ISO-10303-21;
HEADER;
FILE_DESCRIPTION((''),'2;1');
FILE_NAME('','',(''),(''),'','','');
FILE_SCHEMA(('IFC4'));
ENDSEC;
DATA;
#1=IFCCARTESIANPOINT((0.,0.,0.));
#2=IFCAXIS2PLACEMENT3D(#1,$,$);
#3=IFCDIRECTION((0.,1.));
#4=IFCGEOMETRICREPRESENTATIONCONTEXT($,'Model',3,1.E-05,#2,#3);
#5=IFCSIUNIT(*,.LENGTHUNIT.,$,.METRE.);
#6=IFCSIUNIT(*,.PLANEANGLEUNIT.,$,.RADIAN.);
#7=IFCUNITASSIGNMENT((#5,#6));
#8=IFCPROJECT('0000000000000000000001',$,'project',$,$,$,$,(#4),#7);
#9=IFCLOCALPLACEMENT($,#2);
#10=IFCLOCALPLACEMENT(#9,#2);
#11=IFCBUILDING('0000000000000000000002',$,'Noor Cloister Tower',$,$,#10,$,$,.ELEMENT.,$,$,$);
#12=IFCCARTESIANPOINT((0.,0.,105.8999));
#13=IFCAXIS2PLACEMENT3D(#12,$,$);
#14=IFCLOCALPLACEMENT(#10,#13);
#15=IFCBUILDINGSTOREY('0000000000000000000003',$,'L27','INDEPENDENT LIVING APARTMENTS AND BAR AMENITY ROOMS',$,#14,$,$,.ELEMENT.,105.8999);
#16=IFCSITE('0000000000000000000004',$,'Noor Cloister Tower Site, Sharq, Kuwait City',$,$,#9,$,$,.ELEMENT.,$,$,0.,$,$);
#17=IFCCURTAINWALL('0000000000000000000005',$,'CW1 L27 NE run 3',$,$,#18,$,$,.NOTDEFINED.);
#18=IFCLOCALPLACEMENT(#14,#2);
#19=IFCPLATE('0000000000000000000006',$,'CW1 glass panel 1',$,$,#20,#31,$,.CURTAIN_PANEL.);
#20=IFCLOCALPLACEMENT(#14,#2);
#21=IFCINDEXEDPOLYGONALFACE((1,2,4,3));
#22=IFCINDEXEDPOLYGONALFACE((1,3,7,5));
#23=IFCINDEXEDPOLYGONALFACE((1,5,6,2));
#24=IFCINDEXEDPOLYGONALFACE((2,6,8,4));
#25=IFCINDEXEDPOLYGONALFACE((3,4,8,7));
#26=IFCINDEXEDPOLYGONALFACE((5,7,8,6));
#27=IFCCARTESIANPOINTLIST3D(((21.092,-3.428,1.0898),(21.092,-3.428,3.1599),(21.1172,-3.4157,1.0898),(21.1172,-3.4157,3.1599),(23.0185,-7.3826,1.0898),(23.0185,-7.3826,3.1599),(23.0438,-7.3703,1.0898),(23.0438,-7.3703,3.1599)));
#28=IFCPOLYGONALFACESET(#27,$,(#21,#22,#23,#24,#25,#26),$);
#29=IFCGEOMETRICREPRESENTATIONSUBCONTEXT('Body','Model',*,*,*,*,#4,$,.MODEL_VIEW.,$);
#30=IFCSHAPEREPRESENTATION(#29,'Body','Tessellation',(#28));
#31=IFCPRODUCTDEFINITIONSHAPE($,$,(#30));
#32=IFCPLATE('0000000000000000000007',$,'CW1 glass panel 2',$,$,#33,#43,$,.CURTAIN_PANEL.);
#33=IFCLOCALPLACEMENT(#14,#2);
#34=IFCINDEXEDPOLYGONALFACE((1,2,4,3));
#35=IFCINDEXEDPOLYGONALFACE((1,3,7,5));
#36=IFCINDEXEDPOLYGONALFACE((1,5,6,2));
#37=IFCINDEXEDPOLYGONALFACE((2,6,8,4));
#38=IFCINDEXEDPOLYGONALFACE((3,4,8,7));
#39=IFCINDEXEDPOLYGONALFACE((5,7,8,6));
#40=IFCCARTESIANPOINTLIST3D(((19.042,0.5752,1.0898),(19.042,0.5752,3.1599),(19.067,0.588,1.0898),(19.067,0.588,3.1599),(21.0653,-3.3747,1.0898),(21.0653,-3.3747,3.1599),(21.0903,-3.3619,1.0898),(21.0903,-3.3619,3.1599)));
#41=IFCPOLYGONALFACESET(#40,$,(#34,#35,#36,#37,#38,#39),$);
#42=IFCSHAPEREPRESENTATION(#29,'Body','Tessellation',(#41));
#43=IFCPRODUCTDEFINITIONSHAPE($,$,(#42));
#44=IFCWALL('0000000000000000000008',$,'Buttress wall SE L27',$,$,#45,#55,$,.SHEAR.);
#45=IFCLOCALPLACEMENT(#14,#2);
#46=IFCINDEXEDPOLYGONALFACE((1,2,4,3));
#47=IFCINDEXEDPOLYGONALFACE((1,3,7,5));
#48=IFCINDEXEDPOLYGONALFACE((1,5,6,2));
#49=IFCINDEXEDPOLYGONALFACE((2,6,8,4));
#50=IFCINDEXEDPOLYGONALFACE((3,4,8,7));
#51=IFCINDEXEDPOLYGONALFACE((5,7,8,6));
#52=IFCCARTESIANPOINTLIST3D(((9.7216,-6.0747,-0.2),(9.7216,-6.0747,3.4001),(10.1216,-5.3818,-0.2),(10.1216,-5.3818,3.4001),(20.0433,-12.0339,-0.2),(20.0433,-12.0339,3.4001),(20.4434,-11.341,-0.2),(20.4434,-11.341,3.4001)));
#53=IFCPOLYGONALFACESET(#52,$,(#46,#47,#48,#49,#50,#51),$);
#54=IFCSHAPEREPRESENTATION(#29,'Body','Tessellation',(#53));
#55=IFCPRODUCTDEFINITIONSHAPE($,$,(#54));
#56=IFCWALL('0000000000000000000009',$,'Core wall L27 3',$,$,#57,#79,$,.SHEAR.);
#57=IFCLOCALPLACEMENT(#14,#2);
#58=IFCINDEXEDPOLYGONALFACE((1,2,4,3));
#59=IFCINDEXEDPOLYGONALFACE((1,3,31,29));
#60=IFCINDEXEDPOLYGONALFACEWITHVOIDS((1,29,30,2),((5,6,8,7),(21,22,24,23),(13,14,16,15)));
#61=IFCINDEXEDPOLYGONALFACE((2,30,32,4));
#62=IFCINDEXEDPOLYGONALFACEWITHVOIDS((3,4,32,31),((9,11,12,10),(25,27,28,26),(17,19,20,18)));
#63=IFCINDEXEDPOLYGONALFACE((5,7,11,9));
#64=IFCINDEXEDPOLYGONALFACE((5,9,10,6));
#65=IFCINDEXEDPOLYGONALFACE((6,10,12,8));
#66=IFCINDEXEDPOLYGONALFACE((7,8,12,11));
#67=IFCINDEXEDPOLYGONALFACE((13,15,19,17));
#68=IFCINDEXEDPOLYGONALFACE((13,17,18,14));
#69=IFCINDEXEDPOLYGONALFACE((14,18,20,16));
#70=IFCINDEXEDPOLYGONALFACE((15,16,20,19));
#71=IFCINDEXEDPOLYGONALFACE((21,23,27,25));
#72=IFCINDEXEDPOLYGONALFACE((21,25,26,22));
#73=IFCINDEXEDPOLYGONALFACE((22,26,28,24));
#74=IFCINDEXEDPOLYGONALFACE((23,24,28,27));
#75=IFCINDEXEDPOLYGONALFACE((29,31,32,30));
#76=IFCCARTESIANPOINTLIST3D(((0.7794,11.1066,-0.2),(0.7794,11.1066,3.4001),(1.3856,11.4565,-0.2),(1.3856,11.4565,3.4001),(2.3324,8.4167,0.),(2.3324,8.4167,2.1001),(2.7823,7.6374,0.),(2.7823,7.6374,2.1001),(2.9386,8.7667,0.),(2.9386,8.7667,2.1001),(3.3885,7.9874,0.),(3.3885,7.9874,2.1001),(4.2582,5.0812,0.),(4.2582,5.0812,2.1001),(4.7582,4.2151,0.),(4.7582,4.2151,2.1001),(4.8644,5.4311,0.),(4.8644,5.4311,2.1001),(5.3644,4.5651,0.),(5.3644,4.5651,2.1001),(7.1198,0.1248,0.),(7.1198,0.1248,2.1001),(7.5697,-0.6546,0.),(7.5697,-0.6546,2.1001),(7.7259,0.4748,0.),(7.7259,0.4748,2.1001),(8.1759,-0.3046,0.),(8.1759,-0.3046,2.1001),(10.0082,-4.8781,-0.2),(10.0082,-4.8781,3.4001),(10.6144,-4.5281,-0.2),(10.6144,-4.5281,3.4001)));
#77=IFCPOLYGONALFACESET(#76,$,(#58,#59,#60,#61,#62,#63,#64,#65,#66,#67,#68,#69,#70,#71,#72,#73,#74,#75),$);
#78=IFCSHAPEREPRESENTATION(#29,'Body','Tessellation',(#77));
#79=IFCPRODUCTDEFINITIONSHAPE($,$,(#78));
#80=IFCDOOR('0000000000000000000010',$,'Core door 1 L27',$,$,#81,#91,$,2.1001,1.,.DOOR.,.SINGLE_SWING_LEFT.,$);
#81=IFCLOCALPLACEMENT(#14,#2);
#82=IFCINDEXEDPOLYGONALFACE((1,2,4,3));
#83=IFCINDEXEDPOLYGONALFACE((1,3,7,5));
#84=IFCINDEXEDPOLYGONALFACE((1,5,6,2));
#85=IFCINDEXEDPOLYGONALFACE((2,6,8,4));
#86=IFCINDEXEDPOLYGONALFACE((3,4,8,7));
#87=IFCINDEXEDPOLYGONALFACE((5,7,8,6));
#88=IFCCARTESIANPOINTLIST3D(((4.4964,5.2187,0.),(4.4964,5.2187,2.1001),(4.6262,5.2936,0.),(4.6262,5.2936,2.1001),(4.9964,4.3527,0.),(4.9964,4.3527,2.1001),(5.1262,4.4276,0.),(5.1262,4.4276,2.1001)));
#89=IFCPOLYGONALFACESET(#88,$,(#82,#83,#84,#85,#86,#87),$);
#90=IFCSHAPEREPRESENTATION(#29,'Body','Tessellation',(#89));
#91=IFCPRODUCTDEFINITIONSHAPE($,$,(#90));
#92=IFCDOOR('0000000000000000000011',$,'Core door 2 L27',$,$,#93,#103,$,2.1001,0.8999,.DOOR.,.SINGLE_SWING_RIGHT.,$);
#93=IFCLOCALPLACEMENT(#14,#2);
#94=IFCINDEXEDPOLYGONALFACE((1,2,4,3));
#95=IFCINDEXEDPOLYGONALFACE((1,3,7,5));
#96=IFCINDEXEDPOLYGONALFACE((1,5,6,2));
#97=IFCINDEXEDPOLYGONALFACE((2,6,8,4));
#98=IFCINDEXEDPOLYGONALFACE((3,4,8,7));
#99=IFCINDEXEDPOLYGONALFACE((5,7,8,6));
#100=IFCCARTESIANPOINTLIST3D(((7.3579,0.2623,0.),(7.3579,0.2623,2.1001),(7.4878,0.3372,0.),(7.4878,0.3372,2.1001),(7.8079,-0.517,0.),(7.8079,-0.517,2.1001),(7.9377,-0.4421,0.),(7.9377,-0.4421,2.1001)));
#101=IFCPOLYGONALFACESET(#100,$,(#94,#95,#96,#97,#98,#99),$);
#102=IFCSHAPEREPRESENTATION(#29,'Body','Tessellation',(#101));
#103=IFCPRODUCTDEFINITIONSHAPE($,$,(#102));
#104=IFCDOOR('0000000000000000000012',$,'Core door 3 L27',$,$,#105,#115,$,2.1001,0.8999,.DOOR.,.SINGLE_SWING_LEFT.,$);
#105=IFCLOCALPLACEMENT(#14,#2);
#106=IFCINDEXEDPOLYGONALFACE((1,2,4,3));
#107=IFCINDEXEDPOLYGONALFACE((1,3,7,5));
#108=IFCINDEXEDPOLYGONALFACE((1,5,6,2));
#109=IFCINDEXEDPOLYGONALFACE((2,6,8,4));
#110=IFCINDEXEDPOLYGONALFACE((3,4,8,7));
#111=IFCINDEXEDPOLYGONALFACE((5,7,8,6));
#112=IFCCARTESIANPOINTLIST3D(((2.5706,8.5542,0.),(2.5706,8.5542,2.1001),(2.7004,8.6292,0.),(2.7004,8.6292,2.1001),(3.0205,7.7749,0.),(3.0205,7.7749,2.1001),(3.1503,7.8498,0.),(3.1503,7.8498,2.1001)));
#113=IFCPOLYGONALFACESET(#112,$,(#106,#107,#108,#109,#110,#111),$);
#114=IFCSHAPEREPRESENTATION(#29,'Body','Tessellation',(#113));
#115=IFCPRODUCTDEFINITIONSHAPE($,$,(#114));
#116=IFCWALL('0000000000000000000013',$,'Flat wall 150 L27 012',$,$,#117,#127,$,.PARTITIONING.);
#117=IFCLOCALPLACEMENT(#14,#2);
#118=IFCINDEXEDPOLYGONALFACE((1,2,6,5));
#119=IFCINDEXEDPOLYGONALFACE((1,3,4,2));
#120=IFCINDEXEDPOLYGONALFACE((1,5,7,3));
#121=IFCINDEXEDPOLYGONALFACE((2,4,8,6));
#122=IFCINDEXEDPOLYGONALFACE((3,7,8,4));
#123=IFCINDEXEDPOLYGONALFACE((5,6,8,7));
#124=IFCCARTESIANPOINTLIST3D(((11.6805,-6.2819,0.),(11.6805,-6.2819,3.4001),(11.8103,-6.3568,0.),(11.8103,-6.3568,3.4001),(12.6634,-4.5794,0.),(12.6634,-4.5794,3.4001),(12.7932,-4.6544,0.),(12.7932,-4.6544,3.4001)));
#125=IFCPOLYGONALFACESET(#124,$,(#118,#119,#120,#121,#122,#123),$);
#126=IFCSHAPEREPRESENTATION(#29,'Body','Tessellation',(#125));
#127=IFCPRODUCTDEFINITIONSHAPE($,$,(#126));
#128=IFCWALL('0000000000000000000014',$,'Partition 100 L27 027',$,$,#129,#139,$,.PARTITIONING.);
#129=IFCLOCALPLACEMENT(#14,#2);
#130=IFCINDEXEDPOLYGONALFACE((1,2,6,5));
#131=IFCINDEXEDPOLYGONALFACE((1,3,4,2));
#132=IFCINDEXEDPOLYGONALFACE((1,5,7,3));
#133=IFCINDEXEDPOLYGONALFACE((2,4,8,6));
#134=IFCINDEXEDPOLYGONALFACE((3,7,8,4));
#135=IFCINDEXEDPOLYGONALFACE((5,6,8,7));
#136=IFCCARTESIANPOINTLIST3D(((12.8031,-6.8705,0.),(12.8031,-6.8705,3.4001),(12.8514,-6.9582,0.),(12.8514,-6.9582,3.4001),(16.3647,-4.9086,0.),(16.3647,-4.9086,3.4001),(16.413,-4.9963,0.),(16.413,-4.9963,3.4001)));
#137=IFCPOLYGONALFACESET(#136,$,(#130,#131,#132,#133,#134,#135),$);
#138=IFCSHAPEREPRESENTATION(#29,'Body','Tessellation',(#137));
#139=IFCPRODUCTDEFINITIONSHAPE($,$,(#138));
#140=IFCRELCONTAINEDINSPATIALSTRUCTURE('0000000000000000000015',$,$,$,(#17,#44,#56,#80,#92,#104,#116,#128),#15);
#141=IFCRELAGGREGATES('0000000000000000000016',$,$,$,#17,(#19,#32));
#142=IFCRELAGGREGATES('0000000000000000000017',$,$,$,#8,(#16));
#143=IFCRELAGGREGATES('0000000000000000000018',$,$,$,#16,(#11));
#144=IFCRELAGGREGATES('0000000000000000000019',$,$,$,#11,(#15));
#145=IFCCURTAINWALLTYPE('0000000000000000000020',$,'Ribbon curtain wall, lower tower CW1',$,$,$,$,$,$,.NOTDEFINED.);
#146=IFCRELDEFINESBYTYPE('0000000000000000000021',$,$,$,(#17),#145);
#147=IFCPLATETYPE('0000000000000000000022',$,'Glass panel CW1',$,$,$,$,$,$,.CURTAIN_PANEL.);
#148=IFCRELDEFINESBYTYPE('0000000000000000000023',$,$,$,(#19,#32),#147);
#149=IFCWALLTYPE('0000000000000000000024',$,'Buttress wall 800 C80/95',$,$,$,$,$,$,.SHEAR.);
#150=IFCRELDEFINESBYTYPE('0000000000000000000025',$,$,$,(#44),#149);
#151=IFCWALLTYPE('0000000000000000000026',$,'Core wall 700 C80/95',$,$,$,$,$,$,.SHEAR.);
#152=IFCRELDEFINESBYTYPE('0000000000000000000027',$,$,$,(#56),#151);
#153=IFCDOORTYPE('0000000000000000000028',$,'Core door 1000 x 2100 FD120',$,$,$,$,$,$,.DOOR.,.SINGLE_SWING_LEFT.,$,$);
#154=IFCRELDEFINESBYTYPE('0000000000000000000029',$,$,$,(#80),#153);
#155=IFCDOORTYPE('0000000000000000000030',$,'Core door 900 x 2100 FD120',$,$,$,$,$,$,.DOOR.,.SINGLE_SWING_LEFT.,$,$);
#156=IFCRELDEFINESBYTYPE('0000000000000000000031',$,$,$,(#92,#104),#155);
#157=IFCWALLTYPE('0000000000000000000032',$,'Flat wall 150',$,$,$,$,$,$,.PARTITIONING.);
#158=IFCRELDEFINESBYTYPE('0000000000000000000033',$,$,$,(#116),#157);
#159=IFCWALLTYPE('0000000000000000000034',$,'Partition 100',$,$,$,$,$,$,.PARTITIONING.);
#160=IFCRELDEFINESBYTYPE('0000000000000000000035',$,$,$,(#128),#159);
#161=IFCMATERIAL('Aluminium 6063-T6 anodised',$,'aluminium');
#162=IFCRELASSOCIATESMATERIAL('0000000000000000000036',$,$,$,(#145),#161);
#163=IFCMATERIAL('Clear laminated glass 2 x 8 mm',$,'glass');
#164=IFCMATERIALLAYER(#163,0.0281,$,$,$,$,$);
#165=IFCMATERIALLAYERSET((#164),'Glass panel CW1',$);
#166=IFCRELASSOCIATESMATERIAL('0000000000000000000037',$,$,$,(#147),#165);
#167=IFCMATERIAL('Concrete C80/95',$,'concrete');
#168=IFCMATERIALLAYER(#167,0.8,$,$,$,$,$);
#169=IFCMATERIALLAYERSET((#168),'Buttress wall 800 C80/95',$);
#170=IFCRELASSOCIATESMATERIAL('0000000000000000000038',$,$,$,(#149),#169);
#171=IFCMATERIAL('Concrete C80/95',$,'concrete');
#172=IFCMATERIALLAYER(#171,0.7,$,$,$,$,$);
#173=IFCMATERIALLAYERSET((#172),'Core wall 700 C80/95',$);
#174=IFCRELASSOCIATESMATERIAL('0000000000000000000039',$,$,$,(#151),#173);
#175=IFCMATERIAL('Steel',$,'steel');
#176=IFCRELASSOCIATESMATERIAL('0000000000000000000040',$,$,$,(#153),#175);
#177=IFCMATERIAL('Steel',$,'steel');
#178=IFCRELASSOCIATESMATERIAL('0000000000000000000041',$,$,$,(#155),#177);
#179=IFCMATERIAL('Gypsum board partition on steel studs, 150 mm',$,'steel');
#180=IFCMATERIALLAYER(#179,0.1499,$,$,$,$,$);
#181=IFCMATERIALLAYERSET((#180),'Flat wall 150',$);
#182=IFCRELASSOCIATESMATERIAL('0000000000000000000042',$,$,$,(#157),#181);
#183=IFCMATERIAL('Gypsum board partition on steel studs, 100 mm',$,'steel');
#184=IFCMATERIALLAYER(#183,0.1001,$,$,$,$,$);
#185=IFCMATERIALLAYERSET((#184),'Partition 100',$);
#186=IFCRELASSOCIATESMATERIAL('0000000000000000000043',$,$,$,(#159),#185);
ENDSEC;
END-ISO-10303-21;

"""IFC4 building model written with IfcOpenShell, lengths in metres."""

from ifc_helpers import new_model, si_unit, direction, frame, frame_2d, origin, origin_2d, place, context, subcontext, project, spatial, rectangle, extrude, material, layer, layer_set, type_object, element, fill, aggregate, save


model = new_model("IFC4")

# Units and contexts
model_context = context("Model", 3, precision=1e-05, world=origin(), true_north=direction((0.0, 1.0)))
body_context = subcontext(model_context, "Body", "Model", "MODEL_VIEW")
ifc_project = project(units=[si_unit("LENGTHUNIT", "METRE"), si_unit("PLANEANGLEUNIT", "RADIAN")], contexts=[model_context])

# Site, building, storey
site_placement = place(None, origin())
site = spatial("IfcSite", under=ifc_project, at=site_placement, Name="Noor Cloister Tower Site, Sharq, Kuwait City", CompositionType="ELEMENT", RefElevation=0.0)
building_placement = place(site_placement, origin())
building = spatial("IfcBuilding", under=site, at=building_placement, Name="Noor Cloister Tower", CompositionType="ELEMENT")
storey_placement = place(building_placement, frame((0.0, 0.0, 105.8999)))
storey = spatial("IfcBuildingStorey", under=building, at=storey_placement, Name="L27", Description="INDEPENDENT LIVING APARTMENTS AND BAR AMENITY ROOMS", CompositionType="ELEMENT", Elevation=105.8999)

# Curtain wall
ifc_material_1 = material(Name="Aluminium 6063-T6 anodised", Category="aluminium")
curtain_wall_type = type_object("IfcCurtainWallType", Name="Ribbon curtain wall, lower tower CW1", PredefinedType="NOTDEFINED", material=ifc_material_1)
curtain_wall_placement = place(storey_placement, origin())
curtain_wall = element("IfcCurtainWall", 1, at=curtain_wall_placement, inside=storey, type_object=curtain_wall_type, Name="CW1 L27 NE run 3", PredefinedType="NOTDEFINED")

# Plates
ifc_material_2 = material(Name="Clear laminated glass 2 x 8 mm", Category="glass")
ifc_layer_1 = layer(ifc_material_2, 0.0281)
ifc_layer_set_1 = layer_set([ifc_layer_1], Name="Glass panel CW1")
plate_type = type_object("IfcPlateType", Name="Glass panel CW1", PredefinedType="CURTAIN_PANEL", material=ifc_layer_set_1)
plate_1_placement = place(storey_placement, frame((22.0679, -5.3992, 1.0898), z_axis=(0.0, 0.0, 1.0), x_axis=(-0.437955, 0.898997, 0.0)))
plate_1 = element("IfcPlate", 2, at=plate_1_placement, type_object=plate_type, Name="CW1 glass panel 1", PredefinedType="CURTAIN_PANEL", context=body_context, shape_type="SweptSolid", body=[
    extrude(rectangle(XDim=4.3989, YDim=0.0281, at=origin_2d()), origin(), (0.0, 0.0, 1.0), 2.0701),
])
plate_2_placement = place(storey_placement, frame((20.0662, -1.3933, 1.0898), z_axis=(0.0, 0.0, 1.0), x_axis=(-0.455917, 0.890022, 0.0)))
plate_2 = element("IfcPlate", 3, at=plate_2_placement, type_object=plate_type, Name="CW1 glass panel 2", PredefinedType="CURTAIN_PANEL", context=body_context, shape_type="SweptSolid", body=[
    extrude(rectangle(XDim=4.438, YDim=0.0281, at=origin_2d()), origin(), (0.0, 0.0, 1.0), 2.0701),
])
aggregate(curtain_wall, [plate_1, plate_2])

# Wall
ifc_material_3 = material(Name="Concrete C80/95", Category="concrete")
ifc_layer_2 = layer(ifc_material_3, 0.8)
ifc_layer_set_2 = layer_set([ifc_layer_2], Name="Buttress wall 800 C80/95")
wall_type_1 = type_object("IfcWallType", Name="Buttress wall 800 C80/95", PredefinedType="SHEAR", material=ifc_layer_set_2)
wall_1_placement = place(storey_placement, frame((9.9216, -5.7283, -0.2), z_axis=(0.0, 0.0, 1.0), x_axis=(0.866027, -0.499997, 0.0)))
element("IfcWall", 4, at=wall_1_placement, inside=storey, type_object=wall_type_1, Name="Buttress wall SE L27", PredefinedType="SHEAR", context=body_context, shape_type="SweptSolid", body=[
    extrude(rectangle(XDim=11.9185, YDim=0.8, at=frame_2d((5.9592, 0.0))), origin(), (0.0, 0.0, 1.0), 3.6001),
])

# Wall, openings, doors
ifc_material_4 = material(Name="Concrete C80/95", Category="concrete")
ifc_layer_3 = layer(ifc_material_4, 0.7)
ifc_layer_set_3 = layer_set([ifc_layer_3], Name="Core wall 700 C80/95")
wall_type_2 = type_object("IfcWallType", Name="Core wall 700 C80/95", PredefinedType="SHEAR", material=ifc_layer_set_3)
wall_2_placement = place(storey_placement, frame((10.3113, -4.7031, -0.2), z_axis=(0.0, 0.0, 1.0), x_axis=(-0.500001, 0.866025, 0.0)))
wall_2 = element("IfcWall", 5, at=wall_2_placement, inside=storey, type_object=wall_type_2, Name="Core wall L27 3", PredefinedType="SHEAR", context=body_context, shape_type="SweptSolid", body=[
    extrude(rectangle(XDim=18.4575, YDim=0.7, at=frame_2d((9.2288, 0.0))), origin(), (0.0, 0.0, 1.0), 3.6001),
])
opening_1_placement = place(wall_2_placement, frame((10.5, 0.0, 0.2)))
opening_1 = element("IfcOpeningElement", 6, at=opening_1_placement, cuts=wall_2, PredefinedType="OPENING", context=body_context, shape_type="SweptSolid", body=[
    extrude(rectangle(XDim=1.0, YDim=2.1001, at=frame_2d((0.5, 1.05))), frame((0.0, 0.3599, 0.0), z_axis=(0.0, -1.0, 0.0), x_axis=(1.0, 0.0, 0.0)), (0.0, 0.0, 1.0), 0.72),
])
opening_2_placement = place(wall_2_placement, frame((4.877, 0.0, 0.2)))
opening_2 = element("IfcOpeningElement", 7, at=opening_2_placement, cuts=wall_2, PredefinedType="OPENING", context=body_context, shape_type="SweptSolid", body=[
    extrude(rectangle(XDim=0.8999, YDim=2.1001, at=frame_2d((0.45, 1.05))), frame((0.0, 0.3599, 0.0), z_axis=(0.0, -1.0, 0.0), x_axis=(1.0, 0.0, 0.0)), (0.0, 0.0, 1.0), 0.72),
])
opening_3_placement = place(wall_2_placement, frame((14.4517, 0.0, 0.2)))
opening_3 = element("IfcOpeningElement", 8, at=opening_3_placement, cuts=wall_2, PredefinedType="OPENING", context=body_context, shape_type="SweptSolid", body=[
    extrude(rectangle(XDim=0.8999, YDim=2.1001, at=frame_2d((0.45, 1.05))), frame((0.0, 0.3599, 0.0), z_axis=(0.0, -1.0, 0.0), x_axis=(1.0, 0.0, 0.0)), (0.0, 0.0, 1.0), 0.72),
])
ifc_material_5 = material(Name="Steel", Category="steel")
door_type_1 = type_object("IfcDoorType", Name="Core door 1000 x 2100 FD120", OperationType="SINGLE_SWING_LEFT", PredefinedType="DOOR", material=ifc_material_5)
door_1_placement = place(opening_1_placement, origin())
door_1 = element("IfcDoor", 9, at=door_1_placement, inside=storey, type_object=door_type_1, Name="Core door 1 L27", OperationType="SINGLE_SWING_LEFT", OverallHeight=2.1001, OverallWidth=1.0, PredefinedType="DOOR", context=body_context, shape_type="SweptSolid", body=[
    extrude(rectangle(XDim=1.0, YDim=2.1001, at=frame_2d((0.5, 1.05))), frame((0.0, 0.075, 0.0), z_axis=(0.0, -1.0, 0.0), x_axis=(1.0, 0.0, 0.0)), (0.0, 0.0, 1.0), 0.1499),
])
fill(opening_1, door_1)
ifc_material_6 = material(Name="Steel", Category="steel")
door_type_2 = type_object("IfcDoorType", Name="Core door 900 x 2100 FD120", OperationType="SINGLE_SWING_LEFT", PredefinedType="DOOR", material=ifc_material_6)
door_2_placement = place(opening_2_placement, origin())
door_2 = element("IfcDoor", 10, at=door_2_placement, inside=storey, type_object=door_type_2, Name="Core door 2 L27", OperationType="SINGLE_SWING_RIGHT", OverallHeight=2.1001, OverallWidth=0.8999, PredefinedType="DOOR", context=body_context, shape_type="SweptSolid", body=[
    extrude(rectangle(XDim=0.8999, YDim=2.1001, at=frame_2d((0.45, 1.05))), frame((0.0, 0.075, 0.0), z_axis=(0.0, -1.0, 0.0), x_axis=(1.0, 0.0, 0.0)), (0.0, 0.0, 1.0), 0.1499),
])
fill(opening_2, door_2)
door_3_placement = place(opening_3_placement, origin())
door_3 = element("IfcDoor", 11, at=door_3_placement, inside=storey, type_object=door_type_2, Name="Core door 3 L27", OperationType="SINGLE_SWING_LEFT", OverallHeight=2.1001, OverallWidth=0.8999, PredefinedType="DOOR", context=body_context, shape_type="SweptSolid", body=[
    extrude(rectangle(XDim=0.8999, YDim=2.1001, at=frame_2d((0.45, 1.05))), frame((0.0, 0.075, 0.0), z_axis=(0.0, -1.0, 0.0), x_axis=(1.0, 0.0, 0.0)), (0.0, 0.0, 1.0), 0.1499),
])
fill(opening_3, door_3)

# Walls
ifc_material_7 = material(Name="Gypsum board partition on steel studs, 150 mm", Category="steel")
ifc_layer_4 = layer(ifc_material_7, 0.1499)
ifc_layer_set_4 = layer_set([ifc_layer_4], Name="Flat wall 150")
wall_type_3 = type_object("IfcWallType", Name="Flat wall 150", PredefinedType="PARTITIONING", material=ifc_layer_set_4)
wall_3_placement = place(storey_placement, frame((11.7454, -6.3193, 0.0), z_axis=(0.0, 0.0, 1.0), x_axis=(0.500013, 0.866018, 0.0)))
element("IfcWall", 12, at=wall_3_placement, inside=storey, type_object=wall_type_3, Name="Flat wall 150 L27 012", PredefinedType="PARTITIONING", context=body_context, shape_type="SweptSolid", body=[
    extrude(rectangle(XDim=1.9658, YDim=0.1499, at=frame_2d((0.9829, 0.0))), origin(), (0.0, 0.0, 1.0), 3.4001),
])
ifc_material_8 = material(Name="Gypsum board partition on steel studs, 100 mm", Category="steel")
ifc_layer_5 = layer(ifc_material_8, 0.1001)
ifc_layer_set_5 = layer_set([ifc_layer_5], Name="Partition 100")
wall_type_4 = type_object("IfcWallType", Name="Partition 100", PredefinedType="PARTITIONING", material=ifc_layer_set_5)
wall_4_placement = place(storey_placement, frame((16.3889, -4.9524, 0.0), z_axis=(0.0, 0.0, 1.0), x_axis=(-0.875896, -0.482499, 0.0)))
element("IfcWall", 13, at=wall_4_placement, inside=storey, type_object=wall_type_4, Name="Partition 100 L27 027", PredefinedType="PARTITIONING", context=body_context, shape_type="SweptSolid", body=[
    extrude(rectangle(XDim=4.0662, YDim=0.1001, at=frame_2d((2.0332, 0.0))), origin(), (0.0, 0.0, 1.0), 3.4001),
])

save(model, "model.ifc")
